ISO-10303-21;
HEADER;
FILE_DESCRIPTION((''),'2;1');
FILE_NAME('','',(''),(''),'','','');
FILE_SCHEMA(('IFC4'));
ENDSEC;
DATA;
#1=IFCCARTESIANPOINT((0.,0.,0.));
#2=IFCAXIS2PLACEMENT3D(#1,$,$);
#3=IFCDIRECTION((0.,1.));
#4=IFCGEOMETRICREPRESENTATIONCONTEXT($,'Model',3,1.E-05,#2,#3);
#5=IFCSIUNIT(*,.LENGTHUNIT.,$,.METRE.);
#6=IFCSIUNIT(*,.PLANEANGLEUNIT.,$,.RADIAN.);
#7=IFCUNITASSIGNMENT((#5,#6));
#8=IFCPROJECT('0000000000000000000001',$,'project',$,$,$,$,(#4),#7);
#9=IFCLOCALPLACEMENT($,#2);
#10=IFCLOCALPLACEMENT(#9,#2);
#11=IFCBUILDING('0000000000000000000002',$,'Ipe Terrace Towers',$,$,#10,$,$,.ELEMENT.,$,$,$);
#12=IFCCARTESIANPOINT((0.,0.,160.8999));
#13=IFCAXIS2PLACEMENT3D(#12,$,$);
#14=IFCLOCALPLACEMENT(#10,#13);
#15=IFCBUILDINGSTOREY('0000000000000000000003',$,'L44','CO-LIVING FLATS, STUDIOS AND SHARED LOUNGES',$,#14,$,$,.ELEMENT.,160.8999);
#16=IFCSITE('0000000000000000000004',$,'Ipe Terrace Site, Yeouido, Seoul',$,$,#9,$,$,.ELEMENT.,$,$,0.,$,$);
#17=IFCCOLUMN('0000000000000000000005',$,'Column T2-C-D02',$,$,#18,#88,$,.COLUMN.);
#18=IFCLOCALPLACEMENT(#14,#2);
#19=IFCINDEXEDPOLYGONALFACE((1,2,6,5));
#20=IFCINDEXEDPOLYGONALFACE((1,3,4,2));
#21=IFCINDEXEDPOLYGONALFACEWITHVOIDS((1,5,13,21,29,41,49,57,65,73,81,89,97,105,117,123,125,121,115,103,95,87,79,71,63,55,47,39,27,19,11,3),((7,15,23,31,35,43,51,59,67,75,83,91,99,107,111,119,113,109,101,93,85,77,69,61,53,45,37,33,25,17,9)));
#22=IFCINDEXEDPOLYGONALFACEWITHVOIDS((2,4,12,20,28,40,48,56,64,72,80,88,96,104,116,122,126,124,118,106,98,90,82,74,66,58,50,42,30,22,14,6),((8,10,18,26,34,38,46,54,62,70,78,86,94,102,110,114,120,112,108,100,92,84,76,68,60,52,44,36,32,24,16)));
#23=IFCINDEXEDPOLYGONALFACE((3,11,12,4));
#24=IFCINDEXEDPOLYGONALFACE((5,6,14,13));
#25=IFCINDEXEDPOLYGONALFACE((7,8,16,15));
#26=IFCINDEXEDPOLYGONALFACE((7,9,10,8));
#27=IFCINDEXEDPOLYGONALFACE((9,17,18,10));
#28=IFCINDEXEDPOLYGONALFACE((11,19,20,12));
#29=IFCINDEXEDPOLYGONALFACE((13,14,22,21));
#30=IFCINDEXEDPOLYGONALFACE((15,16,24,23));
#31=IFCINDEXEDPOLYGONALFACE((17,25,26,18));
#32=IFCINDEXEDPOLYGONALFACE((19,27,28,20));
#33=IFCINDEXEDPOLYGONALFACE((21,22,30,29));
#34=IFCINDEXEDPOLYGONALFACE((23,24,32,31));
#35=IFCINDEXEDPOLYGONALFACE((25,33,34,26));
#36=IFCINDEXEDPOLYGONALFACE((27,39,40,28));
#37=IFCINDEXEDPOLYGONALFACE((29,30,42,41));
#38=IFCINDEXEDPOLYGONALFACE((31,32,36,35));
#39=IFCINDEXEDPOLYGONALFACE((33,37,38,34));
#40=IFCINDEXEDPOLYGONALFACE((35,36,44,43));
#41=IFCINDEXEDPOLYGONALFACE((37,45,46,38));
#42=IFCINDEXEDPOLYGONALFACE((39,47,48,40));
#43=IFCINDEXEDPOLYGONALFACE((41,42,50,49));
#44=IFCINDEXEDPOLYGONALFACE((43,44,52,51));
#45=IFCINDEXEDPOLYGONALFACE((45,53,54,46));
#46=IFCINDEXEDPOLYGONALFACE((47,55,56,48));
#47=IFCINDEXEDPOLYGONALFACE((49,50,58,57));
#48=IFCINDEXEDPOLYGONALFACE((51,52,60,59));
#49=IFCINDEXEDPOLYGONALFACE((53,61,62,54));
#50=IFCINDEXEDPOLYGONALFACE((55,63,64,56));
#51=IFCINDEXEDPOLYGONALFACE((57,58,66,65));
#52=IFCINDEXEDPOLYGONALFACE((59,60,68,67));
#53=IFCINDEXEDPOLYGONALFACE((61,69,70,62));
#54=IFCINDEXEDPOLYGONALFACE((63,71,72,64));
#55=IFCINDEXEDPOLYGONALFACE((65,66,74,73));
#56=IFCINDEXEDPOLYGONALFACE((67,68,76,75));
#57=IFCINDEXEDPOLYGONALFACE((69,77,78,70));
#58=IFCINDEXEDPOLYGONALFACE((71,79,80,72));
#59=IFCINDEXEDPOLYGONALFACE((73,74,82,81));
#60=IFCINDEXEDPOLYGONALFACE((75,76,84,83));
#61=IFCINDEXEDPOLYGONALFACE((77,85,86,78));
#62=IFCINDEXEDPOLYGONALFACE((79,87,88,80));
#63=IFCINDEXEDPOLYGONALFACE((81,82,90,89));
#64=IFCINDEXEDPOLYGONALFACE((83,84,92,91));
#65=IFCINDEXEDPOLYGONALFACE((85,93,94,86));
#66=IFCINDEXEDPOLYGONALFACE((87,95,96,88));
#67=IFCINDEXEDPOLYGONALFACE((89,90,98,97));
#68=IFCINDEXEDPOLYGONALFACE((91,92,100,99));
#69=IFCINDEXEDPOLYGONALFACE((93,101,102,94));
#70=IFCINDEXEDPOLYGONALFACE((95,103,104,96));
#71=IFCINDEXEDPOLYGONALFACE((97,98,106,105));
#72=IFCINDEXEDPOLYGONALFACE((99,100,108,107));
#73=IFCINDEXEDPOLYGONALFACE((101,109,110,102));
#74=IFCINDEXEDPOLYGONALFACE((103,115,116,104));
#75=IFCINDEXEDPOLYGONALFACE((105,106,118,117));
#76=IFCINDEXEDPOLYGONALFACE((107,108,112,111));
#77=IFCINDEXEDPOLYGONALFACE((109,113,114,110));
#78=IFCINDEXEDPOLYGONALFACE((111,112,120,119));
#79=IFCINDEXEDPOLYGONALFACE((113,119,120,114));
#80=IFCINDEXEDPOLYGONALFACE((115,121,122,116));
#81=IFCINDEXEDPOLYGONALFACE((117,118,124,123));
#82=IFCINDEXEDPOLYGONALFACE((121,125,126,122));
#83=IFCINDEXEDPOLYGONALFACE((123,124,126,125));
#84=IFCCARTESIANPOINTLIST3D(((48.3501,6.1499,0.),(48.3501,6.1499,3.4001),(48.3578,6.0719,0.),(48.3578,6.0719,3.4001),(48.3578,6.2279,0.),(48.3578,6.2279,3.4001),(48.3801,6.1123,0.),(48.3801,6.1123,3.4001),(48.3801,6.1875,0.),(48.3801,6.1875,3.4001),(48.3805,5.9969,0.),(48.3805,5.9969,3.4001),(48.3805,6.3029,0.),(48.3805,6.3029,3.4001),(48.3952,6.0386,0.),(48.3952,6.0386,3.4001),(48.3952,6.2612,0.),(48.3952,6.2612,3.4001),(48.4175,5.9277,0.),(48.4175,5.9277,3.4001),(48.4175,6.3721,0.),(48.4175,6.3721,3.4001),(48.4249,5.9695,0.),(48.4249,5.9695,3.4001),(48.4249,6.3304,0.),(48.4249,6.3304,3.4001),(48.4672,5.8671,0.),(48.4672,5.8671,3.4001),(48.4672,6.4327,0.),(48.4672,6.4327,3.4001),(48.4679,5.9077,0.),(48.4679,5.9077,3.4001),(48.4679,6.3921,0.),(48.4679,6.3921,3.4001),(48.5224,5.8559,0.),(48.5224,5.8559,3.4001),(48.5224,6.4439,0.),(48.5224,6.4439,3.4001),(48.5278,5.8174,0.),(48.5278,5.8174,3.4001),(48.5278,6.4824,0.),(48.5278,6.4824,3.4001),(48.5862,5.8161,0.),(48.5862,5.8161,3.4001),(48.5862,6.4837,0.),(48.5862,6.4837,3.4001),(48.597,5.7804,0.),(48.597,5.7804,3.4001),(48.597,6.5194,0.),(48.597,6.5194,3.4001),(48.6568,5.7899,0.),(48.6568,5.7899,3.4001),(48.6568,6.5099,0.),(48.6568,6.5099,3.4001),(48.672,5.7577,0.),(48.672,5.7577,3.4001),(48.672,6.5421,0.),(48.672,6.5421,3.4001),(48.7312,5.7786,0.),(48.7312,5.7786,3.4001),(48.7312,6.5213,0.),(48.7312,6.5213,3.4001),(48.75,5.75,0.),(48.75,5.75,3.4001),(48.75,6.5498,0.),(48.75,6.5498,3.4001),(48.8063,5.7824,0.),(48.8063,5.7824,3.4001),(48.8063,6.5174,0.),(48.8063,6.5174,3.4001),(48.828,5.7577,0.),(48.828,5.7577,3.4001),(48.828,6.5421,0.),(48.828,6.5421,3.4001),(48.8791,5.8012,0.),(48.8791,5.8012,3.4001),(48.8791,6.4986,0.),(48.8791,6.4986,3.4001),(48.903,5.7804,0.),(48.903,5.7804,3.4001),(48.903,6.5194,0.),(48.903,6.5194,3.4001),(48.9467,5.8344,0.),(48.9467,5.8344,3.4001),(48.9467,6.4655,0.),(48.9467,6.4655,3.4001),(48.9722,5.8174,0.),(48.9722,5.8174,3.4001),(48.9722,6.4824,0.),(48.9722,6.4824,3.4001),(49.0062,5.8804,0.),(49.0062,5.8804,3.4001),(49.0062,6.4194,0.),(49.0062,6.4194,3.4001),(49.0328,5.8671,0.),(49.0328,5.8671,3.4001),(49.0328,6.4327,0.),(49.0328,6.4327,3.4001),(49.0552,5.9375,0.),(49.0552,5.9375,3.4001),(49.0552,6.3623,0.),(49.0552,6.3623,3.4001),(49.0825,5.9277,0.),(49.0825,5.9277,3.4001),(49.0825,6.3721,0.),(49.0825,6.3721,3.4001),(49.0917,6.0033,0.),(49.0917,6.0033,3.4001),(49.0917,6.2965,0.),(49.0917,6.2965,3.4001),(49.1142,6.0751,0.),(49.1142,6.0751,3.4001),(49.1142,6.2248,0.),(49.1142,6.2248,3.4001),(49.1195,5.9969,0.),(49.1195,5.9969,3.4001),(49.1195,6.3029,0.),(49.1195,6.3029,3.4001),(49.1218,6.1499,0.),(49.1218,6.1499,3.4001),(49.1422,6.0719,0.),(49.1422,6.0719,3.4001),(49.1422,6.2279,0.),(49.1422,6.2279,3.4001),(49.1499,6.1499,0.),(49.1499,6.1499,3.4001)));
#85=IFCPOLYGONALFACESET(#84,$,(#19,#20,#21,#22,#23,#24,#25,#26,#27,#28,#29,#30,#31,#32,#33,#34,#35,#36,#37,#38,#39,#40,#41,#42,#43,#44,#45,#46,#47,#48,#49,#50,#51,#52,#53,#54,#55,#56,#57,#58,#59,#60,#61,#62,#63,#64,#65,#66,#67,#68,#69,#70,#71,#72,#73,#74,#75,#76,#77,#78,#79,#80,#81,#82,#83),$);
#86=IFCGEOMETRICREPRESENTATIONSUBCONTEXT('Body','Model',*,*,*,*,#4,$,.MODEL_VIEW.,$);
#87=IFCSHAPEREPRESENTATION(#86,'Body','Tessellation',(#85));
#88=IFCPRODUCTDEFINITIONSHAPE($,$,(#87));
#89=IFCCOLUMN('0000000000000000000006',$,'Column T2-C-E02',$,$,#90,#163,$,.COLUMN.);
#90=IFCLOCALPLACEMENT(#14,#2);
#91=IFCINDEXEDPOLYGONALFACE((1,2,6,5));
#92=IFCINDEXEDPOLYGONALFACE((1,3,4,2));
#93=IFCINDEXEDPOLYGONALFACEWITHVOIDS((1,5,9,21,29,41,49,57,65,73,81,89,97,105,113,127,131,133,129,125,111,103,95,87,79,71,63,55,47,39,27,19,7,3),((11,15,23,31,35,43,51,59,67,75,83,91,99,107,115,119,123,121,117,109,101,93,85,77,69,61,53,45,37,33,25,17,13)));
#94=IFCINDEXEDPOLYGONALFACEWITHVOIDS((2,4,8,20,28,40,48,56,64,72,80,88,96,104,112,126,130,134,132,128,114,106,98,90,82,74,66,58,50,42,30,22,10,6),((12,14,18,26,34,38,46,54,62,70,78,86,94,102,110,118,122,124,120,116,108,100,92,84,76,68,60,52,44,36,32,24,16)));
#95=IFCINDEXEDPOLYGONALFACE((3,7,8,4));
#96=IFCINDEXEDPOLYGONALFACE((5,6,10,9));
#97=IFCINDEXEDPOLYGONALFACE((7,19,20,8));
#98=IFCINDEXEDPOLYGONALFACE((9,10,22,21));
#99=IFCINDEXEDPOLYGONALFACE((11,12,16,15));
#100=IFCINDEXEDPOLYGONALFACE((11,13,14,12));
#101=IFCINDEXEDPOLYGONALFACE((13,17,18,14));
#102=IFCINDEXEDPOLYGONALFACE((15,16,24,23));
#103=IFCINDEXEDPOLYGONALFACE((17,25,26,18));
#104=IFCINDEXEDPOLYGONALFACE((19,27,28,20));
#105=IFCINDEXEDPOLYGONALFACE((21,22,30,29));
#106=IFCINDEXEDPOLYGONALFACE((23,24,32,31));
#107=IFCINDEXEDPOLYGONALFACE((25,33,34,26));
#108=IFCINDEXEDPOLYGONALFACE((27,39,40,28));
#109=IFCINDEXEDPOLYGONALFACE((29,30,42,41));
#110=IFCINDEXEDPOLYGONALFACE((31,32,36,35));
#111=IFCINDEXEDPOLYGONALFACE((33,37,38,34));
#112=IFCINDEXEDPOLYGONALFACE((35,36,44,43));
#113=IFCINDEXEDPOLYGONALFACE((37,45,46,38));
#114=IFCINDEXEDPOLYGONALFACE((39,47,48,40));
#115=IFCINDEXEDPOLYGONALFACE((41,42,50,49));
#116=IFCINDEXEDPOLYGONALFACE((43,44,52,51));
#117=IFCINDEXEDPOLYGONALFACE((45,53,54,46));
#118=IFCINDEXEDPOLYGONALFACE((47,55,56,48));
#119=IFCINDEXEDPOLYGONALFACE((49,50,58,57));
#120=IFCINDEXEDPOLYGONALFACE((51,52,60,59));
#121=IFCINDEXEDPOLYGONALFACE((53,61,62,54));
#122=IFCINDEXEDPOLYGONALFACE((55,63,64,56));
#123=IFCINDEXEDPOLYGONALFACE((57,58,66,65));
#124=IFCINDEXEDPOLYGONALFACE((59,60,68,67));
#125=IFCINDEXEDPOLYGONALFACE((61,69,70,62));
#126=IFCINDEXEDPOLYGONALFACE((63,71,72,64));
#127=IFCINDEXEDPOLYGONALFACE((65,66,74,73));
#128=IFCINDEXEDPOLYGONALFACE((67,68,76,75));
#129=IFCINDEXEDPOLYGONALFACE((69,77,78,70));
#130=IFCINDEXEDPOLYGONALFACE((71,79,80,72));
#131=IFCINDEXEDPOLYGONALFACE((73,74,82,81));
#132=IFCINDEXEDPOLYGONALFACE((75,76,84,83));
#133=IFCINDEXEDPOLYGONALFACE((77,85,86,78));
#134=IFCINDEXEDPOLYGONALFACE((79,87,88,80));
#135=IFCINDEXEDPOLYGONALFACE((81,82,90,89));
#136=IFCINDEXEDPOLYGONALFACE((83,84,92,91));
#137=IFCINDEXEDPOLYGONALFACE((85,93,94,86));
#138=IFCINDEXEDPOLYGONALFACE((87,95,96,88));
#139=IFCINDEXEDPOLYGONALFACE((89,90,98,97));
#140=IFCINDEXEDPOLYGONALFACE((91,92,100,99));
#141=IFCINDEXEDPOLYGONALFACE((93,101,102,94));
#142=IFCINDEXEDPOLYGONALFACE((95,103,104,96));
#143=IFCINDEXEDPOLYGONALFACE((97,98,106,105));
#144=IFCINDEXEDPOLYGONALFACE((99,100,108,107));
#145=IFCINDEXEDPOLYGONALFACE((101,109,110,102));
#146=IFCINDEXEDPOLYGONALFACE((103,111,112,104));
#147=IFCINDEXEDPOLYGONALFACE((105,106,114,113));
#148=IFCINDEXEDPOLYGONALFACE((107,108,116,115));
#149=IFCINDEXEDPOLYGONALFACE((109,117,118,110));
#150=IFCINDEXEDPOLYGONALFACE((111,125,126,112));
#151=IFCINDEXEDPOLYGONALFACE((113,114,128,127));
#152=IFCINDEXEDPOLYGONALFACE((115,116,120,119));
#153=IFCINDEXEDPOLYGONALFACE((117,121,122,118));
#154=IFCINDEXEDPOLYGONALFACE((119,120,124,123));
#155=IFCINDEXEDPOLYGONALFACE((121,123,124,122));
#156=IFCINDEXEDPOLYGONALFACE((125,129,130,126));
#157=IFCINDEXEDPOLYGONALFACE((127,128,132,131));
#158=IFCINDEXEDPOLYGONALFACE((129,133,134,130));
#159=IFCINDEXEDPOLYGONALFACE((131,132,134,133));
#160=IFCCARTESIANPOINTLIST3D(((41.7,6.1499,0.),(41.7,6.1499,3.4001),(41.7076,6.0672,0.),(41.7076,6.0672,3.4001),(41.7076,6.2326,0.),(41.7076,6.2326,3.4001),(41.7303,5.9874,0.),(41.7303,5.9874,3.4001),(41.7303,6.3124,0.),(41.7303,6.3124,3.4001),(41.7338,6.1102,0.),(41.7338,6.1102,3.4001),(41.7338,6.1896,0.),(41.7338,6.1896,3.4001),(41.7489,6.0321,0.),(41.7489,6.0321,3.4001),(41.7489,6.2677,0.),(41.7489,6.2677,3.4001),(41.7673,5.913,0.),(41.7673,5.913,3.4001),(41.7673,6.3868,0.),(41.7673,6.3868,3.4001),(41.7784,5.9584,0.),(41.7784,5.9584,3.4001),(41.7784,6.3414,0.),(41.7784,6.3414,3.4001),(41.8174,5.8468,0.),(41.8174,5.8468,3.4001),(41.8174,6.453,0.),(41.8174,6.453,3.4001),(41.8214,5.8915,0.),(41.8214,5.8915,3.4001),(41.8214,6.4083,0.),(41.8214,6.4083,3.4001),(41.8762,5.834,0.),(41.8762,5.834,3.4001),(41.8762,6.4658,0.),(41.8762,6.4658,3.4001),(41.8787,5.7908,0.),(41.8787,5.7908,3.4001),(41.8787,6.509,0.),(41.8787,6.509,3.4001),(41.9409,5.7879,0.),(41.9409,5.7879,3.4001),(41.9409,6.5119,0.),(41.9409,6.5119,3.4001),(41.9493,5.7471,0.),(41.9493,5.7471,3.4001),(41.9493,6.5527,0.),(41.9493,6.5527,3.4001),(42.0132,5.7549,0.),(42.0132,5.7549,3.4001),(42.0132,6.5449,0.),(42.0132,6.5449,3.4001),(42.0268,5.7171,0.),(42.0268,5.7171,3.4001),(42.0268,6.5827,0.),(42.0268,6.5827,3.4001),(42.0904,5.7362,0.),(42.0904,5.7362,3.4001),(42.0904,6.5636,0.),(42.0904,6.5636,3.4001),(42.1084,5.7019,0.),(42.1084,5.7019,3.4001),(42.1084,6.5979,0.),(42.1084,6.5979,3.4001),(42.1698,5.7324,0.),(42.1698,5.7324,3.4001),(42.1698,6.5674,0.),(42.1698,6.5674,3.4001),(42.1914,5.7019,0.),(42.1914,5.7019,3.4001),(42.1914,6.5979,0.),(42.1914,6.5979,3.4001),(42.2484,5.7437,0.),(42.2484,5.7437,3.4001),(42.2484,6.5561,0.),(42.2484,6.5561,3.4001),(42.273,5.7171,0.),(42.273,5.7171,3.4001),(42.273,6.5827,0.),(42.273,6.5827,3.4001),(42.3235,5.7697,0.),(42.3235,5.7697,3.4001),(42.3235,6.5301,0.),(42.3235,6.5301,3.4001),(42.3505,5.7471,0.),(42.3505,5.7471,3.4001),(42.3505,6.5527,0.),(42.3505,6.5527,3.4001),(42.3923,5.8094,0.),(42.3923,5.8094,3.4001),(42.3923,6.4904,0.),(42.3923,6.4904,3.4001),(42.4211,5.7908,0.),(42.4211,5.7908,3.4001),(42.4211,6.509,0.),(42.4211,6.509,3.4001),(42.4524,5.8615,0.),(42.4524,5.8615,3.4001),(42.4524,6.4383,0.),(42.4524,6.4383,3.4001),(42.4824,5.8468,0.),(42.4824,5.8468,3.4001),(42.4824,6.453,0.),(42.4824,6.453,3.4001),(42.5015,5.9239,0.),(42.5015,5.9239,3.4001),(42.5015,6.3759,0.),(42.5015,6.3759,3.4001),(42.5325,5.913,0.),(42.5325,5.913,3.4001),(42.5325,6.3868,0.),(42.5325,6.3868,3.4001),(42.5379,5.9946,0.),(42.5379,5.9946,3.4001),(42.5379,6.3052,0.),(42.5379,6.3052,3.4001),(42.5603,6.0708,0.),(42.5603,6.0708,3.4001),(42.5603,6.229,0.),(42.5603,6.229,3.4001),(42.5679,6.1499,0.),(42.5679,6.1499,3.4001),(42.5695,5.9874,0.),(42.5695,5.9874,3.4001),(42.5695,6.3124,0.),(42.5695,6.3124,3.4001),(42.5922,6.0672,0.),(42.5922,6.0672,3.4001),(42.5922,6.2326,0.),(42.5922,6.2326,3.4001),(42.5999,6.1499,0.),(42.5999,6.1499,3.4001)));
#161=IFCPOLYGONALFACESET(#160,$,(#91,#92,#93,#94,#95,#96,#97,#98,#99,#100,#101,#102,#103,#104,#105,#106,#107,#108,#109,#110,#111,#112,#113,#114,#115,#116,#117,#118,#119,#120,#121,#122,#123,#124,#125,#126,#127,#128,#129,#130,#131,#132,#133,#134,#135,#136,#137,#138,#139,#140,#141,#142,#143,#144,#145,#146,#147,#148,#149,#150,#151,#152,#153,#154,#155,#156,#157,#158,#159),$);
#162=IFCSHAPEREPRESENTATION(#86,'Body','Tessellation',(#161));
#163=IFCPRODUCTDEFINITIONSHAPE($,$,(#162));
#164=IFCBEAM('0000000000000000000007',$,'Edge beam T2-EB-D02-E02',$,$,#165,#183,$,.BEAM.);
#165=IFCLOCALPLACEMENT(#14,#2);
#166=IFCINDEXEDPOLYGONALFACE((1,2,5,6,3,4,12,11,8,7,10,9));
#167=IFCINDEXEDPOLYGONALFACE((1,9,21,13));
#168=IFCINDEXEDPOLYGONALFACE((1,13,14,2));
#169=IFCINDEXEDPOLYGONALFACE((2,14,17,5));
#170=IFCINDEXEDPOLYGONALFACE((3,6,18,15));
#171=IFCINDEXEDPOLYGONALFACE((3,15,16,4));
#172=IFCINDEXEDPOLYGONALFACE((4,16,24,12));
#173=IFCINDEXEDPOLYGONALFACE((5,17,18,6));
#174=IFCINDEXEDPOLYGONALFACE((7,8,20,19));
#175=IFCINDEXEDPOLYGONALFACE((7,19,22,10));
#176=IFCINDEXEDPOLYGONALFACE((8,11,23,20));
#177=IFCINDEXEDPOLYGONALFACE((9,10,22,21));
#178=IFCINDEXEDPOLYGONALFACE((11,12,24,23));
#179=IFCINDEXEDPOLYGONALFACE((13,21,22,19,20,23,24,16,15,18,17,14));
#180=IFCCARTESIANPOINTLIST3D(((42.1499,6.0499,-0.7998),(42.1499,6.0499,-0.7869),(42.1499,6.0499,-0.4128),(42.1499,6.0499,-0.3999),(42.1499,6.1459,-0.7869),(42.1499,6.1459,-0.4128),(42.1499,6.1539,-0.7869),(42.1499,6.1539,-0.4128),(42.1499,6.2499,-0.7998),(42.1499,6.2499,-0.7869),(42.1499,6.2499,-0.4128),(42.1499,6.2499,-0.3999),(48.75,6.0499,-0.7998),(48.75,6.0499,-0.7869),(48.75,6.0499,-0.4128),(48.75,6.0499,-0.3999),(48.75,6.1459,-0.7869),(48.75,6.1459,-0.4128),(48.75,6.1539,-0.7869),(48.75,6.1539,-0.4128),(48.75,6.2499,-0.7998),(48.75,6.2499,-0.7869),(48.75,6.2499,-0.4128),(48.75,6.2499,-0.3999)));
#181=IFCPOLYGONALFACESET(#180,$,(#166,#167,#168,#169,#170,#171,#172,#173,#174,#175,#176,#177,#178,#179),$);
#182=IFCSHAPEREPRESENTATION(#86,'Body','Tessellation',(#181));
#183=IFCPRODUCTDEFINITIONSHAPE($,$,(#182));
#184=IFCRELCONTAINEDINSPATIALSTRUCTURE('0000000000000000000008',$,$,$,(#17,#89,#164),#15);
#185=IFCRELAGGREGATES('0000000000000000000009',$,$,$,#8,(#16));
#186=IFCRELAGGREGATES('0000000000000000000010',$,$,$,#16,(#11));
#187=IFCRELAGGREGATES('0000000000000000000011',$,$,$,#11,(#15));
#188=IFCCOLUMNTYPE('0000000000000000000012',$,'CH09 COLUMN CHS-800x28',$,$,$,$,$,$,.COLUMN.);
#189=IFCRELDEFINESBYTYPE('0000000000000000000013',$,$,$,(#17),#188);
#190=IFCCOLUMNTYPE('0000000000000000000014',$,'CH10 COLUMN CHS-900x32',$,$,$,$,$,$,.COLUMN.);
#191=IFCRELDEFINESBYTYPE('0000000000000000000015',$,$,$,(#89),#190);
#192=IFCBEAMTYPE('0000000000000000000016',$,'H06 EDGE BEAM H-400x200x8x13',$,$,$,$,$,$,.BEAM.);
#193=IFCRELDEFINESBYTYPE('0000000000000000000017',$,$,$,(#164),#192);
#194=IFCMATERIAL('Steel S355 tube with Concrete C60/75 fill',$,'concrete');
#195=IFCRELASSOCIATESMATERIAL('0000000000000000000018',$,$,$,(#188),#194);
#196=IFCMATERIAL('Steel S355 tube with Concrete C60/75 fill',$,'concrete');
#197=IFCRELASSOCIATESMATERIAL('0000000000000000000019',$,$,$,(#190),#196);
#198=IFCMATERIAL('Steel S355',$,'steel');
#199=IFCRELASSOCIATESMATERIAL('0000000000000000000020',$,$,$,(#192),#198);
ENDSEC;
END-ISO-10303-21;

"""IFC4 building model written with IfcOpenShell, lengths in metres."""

from ifc_helpers import new_model, si_unit, direction, frame, origin, origin_2d, place, context, subcontext, project, spatial, hollow_circle, i_section, extrude, material, material_profile, profile_set, type_object, element, save


model = new_model("IFC4")

# Units and contexts
model_context = context("Model", 3, precision=1e-05, world=origin(), true_north=direction((0.0, 1.0)))
body_context = subcontext(model_context, "Body", "Model", "MODEL_VIEW")
ifc_project = project(units=[si_unit("LENGTHUNIT", "METRE"), si_unit("PLANEANGLEUNIT", "RADIAN")], contexts=[model_context])

# Site, building, storey
site_placement = place(None, origin())
site = spatial("IfcSite", under=ifc_project, at=site_placement, Name="Ipe Terrace Site, Yeouido, Seoul", CompositionType="ELEMENT", RefElevation=0.0)
building_placement = place(site_placement, origin())
building = spatial("IfcBuilding", under=site, at=building_placement, Name="Ipe Terrace Towers", CompositionType="ELEMENT")
storey_placement = place(building_placement, frame((0.0, 0.0, 160.8999)))
storey = spatial("IfcBuildingStorey", under=building, at=storey_placement, Name="L44", Description="CO-LIVING FLATS, STUDIOS AND SHARED LOUNGES", CompositionType="ELEMENT", Elevation=160.8999)

# Columns
ifc_material_1 = material(Name="Steel S355 tube with Concrete C60/75 fill", Category="concrete")
ifc_material_profile_1 = material_profile(ifc_material_1, hollow_circle(Radius=0.3999, WallThickness=0.0281, at=origin_2d()), Name="CHS-800x28")
ifc_profile_set_1 = profile_set([ifc_material_profile_1], Name="Steel S355 tube with Concrete C60/75 fill")
column_type_1 = type_object("IfcColumnType", Name="CH09 COLUMN CHS-800x28", PredefinedType="COLUMN", material=ifc_profile_set_1)
column_1_placement = place(storey_placement, frame((48.75, 6.1499, 0.0), z_axis=(0.0, 0.0, 1.0), x_axis=(1.0, 0.0, 0.0)))
element("IfcColumn", 1, at=column_1_placement, inside=storey, type_object=column_type_1, Name="Column T2-C-D02", PredefinedType="COLUMN", context=body_context, shape_type="SweptSolid", body=[
    extrude(hollow_circle(Radius=0.3999, WallThickness=0.0281, at=origin_2d()), origin(), (0.0, 0.0, 1.0), 3.4001),
])
ifc_material_2 = material(Name="Steel S355 tube with Concrete C60/75 fill", Category="concrete")
ifc_material_profile_2 = material_profile(ifc_material_2, hollow_circle(Radius=0.45, WallThickness=0.032, at=origin_2d()), Name="CHS-900x32")
ifc_profile_set_2 = profile_set([ifc_material_profile_2], Name="Steel S355 tube with Concrete C60/75 fill")
column_type_2 = type_object("IfcColumnType", Name="CH10 COLUMN CHS-900x32", PredefinedType="COLUMN", material=ifc_profile_set_2)
column_2_placement = place(storey_placement, frame((42.1499, 6.1499, 0.0), z_axis=(0.0, 0.0, 1.0), x_axis=(1.0, 0.0, 0.0)))
element("IfcColumn", 2, at=column_2_placement, inside=storey, type_object=column_type_2, Name="Column T2-C-E02", PredefinedType="COLUMN", context=body_context, shape_type="SweptSolid", body=[
    extrude(hollow_circle(Radius=0.45, WallThickness=0.032, at=origin_2d()), origin(), (0.0, 0.0, 1.0), 3.4001),
])

# Beam
ifc_material_3 = material(Name="Steel S355", Category="steel")
ifc_material_profile_3 = material_profile(ifc_material_3, i_section(OverallWidth=0.2, OverallDepth=0.3999, WebThickness=0.0081, FlangeThickness=0.0129, at=origin_2d()), Name="H-400x200x8x13")
ifc_profile_set_3 = profile_set([ifc_material_profile_3], Name="Steel S355")
beam_type = type_object("IfcBeamType", Name="H06 EDGE BEAM H-400x200x8x13", PredefinedType="BEAM", material=ifc_profile_set_3)
beam_placement = place(storey_placement, frame((48.75, 6.1499, -0.5999), z_axis=(-1.0, 0.0, 0.0), x_axis=(0.0, -1.0, 0.0)))
element("IfcBeam", 3, at=beam_placement, inside=storey, type_object=beam_type, Name="Edge beam T2-EB-D02-E02", PredefinedType="BEAM", context=body_context, shape_type="SweptSolid", body=[
    extrude(i_section(OverallWidth=0.2, OverallDepth=0.3999, WebThickness=0.0081, FlangeThickness=0.0129, at=origin_2d()), origin(), (0.0, 0.0, 1.0), 6.6001),
])

save(model, "model.ifc")
